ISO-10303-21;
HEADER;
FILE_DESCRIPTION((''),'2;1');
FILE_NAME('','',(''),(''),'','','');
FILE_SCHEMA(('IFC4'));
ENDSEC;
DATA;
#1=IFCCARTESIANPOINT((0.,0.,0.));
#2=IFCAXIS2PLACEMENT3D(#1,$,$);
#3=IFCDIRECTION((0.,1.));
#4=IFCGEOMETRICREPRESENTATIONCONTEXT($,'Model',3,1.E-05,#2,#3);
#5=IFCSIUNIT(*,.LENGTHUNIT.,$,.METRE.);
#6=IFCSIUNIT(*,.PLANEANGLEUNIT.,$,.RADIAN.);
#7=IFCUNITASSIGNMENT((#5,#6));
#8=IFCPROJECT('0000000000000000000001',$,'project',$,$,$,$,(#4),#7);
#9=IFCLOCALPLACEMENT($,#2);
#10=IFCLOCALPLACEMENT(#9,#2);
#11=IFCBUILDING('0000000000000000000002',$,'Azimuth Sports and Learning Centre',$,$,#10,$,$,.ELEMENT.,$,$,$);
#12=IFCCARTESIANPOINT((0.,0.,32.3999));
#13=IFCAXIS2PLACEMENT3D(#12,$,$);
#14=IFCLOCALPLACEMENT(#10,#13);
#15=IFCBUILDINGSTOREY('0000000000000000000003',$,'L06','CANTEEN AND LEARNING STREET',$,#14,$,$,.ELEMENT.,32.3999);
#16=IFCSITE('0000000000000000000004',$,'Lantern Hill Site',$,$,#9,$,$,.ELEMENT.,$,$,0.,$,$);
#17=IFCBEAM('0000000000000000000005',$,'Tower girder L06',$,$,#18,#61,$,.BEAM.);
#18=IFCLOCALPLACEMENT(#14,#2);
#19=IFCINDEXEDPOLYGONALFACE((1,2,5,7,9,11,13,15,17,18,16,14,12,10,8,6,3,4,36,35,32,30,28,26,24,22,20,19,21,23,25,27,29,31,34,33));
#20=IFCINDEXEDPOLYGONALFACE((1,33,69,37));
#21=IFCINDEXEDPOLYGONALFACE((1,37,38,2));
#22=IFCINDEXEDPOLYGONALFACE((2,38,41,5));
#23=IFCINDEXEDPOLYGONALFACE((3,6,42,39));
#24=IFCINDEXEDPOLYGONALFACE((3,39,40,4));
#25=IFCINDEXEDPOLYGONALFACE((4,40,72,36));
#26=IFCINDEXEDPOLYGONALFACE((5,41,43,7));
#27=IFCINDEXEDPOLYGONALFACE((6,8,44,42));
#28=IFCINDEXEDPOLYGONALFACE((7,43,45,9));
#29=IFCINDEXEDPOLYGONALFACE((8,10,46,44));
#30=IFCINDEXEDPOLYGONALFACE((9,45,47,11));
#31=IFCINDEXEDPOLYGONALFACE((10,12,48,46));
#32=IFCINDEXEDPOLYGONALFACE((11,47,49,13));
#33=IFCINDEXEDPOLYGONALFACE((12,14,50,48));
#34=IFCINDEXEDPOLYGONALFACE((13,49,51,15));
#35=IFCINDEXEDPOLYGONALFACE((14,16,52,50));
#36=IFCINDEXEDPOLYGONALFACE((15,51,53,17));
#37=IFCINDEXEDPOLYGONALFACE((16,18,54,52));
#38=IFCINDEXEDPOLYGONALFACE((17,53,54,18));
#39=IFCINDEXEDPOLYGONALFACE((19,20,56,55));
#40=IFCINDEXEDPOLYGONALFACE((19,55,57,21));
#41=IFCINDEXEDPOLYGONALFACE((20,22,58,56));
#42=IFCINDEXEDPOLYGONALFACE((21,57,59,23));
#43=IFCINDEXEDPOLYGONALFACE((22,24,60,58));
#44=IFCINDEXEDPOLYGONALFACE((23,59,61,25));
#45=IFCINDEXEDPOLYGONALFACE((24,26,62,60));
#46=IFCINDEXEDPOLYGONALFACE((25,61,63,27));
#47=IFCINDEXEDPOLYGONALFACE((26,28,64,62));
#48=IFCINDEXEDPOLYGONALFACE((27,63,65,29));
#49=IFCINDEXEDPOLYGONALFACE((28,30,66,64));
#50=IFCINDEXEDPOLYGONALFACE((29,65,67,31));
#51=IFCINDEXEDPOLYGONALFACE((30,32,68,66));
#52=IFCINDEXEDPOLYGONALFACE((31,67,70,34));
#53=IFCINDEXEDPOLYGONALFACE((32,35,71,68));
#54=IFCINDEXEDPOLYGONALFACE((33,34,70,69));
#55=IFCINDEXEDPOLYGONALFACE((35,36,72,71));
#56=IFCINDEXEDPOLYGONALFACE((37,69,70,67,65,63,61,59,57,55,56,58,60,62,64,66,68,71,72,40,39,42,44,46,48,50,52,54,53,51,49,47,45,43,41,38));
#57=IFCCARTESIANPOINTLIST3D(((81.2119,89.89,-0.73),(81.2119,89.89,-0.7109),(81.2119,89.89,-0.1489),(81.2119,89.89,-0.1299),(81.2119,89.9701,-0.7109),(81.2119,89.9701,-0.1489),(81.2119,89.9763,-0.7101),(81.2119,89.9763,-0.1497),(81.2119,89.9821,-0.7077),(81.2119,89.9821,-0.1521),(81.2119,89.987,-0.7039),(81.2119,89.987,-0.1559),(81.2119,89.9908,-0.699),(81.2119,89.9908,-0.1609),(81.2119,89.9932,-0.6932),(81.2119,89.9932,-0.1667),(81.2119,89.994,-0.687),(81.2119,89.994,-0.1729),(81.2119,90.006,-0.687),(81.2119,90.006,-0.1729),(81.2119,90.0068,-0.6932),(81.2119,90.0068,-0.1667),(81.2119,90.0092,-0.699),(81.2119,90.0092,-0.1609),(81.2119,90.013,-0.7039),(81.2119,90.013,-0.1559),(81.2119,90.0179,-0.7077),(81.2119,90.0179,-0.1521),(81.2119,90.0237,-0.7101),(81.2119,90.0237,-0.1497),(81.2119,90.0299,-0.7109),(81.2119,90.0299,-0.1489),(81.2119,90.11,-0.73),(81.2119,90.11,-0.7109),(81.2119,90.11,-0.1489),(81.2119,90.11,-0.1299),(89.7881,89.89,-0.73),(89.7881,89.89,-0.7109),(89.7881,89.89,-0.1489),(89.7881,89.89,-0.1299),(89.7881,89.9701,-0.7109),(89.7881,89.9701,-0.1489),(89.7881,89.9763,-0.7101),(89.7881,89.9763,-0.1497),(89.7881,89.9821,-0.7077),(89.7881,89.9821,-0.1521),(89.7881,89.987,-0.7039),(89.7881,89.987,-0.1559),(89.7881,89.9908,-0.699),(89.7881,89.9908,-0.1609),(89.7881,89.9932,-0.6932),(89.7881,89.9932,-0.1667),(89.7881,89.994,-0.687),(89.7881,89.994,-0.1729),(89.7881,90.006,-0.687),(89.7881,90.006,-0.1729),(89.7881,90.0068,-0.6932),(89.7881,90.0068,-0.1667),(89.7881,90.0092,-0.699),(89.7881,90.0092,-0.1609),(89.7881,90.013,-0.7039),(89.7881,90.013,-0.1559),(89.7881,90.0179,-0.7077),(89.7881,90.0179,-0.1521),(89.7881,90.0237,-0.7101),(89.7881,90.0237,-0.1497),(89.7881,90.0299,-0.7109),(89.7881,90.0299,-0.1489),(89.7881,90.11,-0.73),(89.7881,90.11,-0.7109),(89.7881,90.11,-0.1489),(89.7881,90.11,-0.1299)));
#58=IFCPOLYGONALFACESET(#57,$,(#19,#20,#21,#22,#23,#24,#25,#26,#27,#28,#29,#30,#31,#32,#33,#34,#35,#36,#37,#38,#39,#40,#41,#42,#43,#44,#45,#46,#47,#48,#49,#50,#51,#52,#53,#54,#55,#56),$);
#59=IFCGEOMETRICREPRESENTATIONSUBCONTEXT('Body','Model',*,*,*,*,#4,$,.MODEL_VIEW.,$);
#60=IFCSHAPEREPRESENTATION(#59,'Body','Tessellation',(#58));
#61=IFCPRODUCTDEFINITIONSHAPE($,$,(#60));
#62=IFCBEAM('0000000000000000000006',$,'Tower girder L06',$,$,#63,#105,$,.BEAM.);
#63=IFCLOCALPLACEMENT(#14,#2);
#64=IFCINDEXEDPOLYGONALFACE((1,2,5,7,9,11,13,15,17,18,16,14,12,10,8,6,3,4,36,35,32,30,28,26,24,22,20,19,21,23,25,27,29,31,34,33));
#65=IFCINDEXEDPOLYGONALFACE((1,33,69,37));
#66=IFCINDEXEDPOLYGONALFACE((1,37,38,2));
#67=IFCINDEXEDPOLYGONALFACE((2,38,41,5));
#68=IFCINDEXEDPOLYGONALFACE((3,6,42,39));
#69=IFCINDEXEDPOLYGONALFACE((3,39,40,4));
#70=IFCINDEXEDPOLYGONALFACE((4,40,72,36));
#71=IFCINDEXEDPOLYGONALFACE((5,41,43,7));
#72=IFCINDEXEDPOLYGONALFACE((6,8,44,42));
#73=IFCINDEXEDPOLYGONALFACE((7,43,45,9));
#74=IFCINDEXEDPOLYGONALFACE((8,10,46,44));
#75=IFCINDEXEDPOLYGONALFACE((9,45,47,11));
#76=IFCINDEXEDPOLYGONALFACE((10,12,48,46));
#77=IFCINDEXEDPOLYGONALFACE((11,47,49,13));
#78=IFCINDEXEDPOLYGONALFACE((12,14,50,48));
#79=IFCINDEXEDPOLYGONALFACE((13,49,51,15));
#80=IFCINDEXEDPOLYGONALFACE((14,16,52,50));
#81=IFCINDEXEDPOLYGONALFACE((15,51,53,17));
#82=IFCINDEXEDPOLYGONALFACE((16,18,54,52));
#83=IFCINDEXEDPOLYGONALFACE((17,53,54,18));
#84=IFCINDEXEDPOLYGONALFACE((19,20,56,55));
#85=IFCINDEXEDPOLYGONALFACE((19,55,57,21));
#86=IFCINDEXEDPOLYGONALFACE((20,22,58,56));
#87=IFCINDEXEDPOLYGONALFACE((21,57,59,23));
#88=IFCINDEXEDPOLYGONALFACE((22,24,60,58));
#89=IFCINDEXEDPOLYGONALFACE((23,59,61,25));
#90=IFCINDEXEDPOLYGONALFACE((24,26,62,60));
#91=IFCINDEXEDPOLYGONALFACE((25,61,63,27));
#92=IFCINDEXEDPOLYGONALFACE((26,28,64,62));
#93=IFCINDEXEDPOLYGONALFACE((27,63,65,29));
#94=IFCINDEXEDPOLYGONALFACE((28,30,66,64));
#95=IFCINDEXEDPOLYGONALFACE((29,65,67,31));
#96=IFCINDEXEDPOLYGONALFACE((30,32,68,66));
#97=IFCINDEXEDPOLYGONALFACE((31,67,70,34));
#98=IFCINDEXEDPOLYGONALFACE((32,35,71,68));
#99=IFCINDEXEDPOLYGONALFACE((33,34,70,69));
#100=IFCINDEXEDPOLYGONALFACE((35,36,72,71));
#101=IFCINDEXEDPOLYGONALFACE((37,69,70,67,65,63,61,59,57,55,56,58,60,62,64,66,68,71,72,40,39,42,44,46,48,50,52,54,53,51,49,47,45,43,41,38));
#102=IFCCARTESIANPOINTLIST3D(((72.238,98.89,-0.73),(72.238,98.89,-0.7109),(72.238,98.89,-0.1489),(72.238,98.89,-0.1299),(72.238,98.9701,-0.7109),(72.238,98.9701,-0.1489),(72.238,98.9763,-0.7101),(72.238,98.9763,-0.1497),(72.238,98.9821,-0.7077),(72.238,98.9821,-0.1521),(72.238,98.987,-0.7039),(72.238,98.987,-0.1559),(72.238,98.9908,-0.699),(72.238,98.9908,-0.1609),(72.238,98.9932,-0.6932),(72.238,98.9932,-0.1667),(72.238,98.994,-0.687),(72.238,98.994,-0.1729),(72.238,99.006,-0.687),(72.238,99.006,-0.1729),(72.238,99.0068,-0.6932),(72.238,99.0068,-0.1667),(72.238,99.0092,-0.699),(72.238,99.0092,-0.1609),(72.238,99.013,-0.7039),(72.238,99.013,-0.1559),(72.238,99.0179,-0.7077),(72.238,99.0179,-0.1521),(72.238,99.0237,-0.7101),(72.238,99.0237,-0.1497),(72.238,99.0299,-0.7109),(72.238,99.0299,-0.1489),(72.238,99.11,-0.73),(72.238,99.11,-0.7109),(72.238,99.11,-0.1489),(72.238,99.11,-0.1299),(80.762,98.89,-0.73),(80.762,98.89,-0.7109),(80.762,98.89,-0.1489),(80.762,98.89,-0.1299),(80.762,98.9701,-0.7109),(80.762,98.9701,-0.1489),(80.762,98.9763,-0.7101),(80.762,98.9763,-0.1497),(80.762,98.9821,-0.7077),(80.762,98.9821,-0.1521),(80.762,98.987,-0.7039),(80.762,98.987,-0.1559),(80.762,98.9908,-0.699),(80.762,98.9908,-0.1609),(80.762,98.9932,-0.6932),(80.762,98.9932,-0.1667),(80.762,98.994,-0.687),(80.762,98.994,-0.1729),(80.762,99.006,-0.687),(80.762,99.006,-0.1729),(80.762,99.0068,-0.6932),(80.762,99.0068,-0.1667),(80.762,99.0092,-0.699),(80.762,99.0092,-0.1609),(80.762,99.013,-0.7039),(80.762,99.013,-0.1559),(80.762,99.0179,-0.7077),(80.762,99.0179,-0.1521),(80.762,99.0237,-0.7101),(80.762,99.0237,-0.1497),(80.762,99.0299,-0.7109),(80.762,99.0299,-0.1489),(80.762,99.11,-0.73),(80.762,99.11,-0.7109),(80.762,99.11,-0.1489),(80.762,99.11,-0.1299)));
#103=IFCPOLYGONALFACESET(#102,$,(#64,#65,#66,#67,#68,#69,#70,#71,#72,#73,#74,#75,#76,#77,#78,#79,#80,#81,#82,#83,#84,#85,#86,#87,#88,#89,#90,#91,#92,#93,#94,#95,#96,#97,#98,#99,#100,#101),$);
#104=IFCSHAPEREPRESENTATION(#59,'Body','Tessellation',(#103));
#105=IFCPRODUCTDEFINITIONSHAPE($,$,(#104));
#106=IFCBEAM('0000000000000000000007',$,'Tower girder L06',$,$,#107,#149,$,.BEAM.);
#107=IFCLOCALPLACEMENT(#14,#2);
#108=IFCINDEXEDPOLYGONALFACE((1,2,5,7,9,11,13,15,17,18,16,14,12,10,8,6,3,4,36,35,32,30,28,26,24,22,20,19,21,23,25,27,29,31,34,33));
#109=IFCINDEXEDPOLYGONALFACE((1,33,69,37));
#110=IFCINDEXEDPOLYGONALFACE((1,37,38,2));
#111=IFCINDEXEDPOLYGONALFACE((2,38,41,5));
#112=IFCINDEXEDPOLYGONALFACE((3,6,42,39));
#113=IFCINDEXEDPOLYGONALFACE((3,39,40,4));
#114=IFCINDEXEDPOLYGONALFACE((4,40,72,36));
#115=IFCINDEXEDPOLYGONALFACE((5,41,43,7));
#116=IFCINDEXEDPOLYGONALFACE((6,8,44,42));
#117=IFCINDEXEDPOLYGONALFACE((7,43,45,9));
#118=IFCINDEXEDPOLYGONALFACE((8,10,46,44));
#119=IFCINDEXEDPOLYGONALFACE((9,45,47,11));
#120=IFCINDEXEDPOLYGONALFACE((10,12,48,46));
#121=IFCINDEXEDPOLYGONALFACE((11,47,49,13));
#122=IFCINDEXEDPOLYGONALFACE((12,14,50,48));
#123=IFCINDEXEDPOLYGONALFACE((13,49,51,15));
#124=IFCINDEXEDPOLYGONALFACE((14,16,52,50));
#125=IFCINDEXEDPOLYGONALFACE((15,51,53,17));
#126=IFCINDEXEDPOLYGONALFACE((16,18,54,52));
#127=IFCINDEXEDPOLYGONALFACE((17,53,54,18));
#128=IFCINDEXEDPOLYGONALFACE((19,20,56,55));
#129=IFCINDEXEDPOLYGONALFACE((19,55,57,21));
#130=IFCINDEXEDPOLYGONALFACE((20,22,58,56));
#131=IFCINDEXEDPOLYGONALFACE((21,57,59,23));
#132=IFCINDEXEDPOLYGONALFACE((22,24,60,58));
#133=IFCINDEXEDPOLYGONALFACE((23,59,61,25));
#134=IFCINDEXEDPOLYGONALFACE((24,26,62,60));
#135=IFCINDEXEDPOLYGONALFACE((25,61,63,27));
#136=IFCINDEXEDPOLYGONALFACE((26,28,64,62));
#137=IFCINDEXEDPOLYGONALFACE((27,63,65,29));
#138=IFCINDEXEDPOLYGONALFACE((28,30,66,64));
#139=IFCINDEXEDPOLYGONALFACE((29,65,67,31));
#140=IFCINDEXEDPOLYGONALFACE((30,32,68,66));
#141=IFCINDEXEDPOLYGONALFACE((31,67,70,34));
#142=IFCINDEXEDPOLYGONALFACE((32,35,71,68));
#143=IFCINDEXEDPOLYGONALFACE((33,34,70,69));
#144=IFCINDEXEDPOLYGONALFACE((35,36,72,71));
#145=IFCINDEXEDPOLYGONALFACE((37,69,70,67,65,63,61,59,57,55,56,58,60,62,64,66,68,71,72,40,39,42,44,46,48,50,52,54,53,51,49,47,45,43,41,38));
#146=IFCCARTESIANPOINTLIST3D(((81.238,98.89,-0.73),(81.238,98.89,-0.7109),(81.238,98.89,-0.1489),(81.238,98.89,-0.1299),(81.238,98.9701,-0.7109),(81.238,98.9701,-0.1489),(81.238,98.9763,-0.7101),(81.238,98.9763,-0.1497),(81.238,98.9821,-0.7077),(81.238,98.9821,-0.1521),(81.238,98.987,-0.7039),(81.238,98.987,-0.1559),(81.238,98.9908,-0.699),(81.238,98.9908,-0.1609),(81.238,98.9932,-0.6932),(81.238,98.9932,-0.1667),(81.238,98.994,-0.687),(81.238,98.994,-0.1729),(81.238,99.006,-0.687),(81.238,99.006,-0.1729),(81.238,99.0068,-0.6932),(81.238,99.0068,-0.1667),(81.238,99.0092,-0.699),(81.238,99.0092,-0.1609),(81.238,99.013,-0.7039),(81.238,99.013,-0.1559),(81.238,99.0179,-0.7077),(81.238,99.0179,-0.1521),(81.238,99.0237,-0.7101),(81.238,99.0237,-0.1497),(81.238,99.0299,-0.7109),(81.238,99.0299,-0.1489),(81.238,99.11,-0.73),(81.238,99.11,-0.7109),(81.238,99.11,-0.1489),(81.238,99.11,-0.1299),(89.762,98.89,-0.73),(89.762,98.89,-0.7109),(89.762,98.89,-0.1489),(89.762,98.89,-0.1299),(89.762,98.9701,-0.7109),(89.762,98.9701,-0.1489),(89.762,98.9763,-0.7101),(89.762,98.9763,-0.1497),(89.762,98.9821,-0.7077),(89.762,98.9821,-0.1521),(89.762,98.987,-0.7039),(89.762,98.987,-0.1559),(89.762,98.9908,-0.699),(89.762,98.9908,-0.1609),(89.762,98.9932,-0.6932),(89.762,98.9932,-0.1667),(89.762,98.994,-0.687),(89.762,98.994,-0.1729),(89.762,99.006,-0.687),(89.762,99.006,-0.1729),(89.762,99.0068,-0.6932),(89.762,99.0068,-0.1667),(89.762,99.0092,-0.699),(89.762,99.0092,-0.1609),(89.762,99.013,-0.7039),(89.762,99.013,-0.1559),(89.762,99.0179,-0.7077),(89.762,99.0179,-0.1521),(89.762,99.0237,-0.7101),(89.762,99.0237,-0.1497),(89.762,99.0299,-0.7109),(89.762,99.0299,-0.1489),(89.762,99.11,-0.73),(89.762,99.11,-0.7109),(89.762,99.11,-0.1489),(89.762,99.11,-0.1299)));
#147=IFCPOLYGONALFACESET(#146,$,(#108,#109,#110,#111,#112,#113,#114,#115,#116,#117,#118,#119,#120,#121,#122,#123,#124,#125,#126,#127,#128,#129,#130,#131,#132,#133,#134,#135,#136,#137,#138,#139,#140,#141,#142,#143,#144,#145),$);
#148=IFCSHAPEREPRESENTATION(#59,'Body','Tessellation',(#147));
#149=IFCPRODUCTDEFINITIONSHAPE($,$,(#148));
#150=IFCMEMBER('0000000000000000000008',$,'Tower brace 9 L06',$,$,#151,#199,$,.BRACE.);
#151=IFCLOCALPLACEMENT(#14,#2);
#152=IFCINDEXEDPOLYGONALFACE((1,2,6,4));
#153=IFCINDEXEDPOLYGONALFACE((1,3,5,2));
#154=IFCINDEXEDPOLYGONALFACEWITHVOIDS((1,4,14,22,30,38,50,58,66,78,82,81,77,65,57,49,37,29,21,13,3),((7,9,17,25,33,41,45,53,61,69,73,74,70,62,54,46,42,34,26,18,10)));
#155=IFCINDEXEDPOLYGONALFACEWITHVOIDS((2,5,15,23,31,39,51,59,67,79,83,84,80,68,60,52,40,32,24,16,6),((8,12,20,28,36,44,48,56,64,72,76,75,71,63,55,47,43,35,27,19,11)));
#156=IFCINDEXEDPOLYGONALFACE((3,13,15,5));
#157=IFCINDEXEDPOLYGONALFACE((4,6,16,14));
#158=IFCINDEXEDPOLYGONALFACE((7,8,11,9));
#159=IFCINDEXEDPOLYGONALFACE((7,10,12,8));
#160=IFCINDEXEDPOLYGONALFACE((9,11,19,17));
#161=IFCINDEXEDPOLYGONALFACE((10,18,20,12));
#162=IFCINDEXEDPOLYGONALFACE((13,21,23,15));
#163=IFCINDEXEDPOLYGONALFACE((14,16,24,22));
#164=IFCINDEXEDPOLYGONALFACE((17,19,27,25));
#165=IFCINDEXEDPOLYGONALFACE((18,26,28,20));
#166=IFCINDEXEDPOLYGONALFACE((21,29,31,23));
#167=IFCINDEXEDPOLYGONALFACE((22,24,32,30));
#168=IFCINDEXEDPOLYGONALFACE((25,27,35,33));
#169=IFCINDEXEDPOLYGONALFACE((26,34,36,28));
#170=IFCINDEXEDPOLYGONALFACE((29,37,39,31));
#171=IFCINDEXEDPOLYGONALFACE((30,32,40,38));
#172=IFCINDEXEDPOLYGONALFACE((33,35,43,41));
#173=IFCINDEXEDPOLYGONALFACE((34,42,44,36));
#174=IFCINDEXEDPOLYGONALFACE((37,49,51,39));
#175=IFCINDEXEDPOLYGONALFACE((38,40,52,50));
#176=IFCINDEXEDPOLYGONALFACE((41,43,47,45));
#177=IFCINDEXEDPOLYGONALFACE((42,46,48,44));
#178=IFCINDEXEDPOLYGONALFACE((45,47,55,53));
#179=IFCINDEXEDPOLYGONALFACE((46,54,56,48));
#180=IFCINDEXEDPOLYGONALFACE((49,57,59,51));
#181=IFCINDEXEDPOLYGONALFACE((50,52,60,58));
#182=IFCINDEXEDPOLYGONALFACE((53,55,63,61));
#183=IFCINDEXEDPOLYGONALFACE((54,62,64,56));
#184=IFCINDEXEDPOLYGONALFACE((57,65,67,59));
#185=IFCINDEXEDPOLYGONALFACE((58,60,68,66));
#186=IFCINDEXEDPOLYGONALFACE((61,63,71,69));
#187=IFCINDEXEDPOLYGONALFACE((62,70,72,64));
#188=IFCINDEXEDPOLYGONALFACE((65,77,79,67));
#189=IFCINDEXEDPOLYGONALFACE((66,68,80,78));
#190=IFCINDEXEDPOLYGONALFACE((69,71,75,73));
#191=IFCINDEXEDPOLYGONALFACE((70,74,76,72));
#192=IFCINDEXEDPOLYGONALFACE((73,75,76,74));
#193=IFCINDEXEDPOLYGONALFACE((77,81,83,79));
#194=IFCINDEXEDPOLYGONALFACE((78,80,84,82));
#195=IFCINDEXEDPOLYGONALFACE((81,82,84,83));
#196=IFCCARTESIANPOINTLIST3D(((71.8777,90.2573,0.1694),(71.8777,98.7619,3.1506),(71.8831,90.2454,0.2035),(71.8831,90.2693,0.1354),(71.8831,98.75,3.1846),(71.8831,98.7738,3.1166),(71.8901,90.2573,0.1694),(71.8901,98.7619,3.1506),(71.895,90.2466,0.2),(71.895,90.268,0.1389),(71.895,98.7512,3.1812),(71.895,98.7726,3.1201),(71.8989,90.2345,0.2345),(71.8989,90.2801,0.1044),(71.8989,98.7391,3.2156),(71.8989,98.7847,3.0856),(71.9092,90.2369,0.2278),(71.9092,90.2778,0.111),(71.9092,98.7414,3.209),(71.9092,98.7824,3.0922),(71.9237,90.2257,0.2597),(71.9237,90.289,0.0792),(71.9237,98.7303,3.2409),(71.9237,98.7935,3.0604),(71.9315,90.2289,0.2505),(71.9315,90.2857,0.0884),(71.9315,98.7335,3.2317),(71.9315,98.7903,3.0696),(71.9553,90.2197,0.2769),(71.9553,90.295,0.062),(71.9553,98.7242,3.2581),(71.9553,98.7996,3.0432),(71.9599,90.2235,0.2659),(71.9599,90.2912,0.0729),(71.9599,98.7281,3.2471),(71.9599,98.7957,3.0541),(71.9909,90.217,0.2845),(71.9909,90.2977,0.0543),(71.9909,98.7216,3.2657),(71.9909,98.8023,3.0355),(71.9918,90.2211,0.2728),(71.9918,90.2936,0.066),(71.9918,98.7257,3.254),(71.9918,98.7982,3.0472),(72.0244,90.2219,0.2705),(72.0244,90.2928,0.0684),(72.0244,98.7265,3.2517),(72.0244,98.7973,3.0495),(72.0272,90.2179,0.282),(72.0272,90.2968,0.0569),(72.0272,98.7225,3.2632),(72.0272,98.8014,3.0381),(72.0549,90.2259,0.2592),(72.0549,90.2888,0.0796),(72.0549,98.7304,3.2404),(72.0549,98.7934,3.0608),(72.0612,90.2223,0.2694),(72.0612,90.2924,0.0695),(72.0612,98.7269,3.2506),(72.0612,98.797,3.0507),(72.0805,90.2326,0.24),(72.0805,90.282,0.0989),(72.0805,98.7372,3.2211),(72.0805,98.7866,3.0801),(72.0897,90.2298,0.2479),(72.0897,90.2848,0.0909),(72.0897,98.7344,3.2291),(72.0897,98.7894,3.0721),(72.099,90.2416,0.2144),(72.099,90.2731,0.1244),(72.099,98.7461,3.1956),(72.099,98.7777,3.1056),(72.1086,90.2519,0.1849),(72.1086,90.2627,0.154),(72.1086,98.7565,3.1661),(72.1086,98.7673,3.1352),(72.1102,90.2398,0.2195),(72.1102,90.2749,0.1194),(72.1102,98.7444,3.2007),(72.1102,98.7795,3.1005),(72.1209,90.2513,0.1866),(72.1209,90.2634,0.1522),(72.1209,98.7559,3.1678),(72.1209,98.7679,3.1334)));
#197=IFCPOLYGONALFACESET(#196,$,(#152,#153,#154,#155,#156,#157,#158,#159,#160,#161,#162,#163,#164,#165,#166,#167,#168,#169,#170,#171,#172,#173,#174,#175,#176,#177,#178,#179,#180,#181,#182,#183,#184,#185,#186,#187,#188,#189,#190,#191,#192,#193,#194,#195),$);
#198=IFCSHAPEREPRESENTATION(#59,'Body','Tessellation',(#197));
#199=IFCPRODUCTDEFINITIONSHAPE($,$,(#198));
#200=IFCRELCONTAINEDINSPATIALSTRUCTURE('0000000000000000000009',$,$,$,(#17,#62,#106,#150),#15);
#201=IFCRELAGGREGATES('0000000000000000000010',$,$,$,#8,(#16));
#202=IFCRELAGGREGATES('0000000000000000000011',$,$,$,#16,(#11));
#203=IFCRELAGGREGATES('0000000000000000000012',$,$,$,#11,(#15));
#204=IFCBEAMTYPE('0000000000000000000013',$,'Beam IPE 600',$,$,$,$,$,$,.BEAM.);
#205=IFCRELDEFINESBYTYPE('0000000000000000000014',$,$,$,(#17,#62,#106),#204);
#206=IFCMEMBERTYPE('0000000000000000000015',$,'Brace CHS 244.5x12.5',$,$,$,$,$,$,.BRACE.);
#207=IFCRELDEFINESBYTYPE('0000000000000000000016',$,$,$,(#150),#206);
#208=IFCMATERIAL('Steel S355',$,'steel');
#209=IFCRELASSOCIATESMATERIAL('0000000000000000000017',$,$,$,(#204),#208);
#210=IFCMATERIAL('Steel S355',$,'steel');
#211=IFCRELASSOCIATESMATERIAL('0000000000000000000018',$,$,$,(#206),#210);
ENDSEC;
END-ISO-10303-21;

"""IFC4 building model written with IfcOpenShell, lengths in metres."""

from ifc_helpers import new_model, si_unit, direction, frame, origin, origin_2d, place, context, subcontext, project, spatial, hollow_circle, i_section, extrude, material, material_profile, profile_set, type_object, element, save


model = new_model("IFC4")

# Units and contexts
model_context = context("Model", 3, precision=1e-05, world=origin(), true_north=direction((0.0, 1.0)))
body_context = subcontext(model_context, "Body", "Model", "MODEL_VIEW")
ifc_project = project(units=[si_unit("LENGTHUNIT", "METRE"), si_unit("PLANEANGLEUNIT", "RADIAN")], contexts=[model_context])

# Site, building, storey
site_placement = place(None, origin())
site = spatial("IfcSite", under=ifc_project, at=site_placement, Name="Lantern Hill Site", CompositionType="ELEMENT", RefElevation=0.0)
building_placement = place(site_placement, origin())
building = spatial("IfcBuilding", under=site, at=building_placement, Name="Azimuth Sports and Learning Centre", CompositionType="ELEMENT")
storey_placement = place(building_placement, frame((0.0, 0.0, 32.3999)))
storey = spatial("IfcBuildingStorey", under=building, at=storey_placement, Name="L06", Description="CANTEEN AND LEARNING STREET", CompositionType="ELEMENT", Elevation=32.3999)

# Beams
ifc_material_1 = material(Name="Steel S355", Category="steel")
ifc_material_profile_1 = material_profile(ifc_material_1, i_section(OverallWidth=0.22, OverallDepth=0.6001, WebThickness=0.012, FlangeThickness=0.019, FilletRadius=0.0239, at=origin_2d()), Name="IPE 600")
ifc_profile_set_1 = profile_set([ifc_material_profile_1], Name="Steel S355")
beam_type_1 = type_object("IfcBeamType", Name="Beam IPE 600", PredefinedType="BEAM", material=ifc_profile_set_1)
for number, where, z_axis, x_axis, name in (
    (1, (81.2119, 90.0, -0.4299), (1.0, 0.0, 0.0), (0.0, 1.0, 0.0), "Tower girder L06"),
):
    element("IfcBeam", number, at=place(storey_placement, frame(where, z_axis=z_axis, x_axis=x_axis)), inside=storey, type_object=beam_type_1, Name=name, PredefinedType="BEAM", context=body_context, shape_type="SweptSolid", body=[
        extrude(i_section(OverallWidth=0.22, OverallDepth=0.6001, WebThickness=0.012, FlangeThickness=0.019, FilletRadius=0.0239, at=origin_2d()), origin(), (0.0, 0.0, 1.0), 8.5762),
    ])
for number, where, z_axis, x_axis, name in (
    (2, (72.238, 99.0, -0.4299), (1.0, 0.0, 0.0), (0.0, 1.0, 0.0), "Tower girder L06"),
    (3, (81.238, 99.0, -0.4299), (1.0, 0.0, 0.0), (0.0, 1.0, 0.0), "Tower girder L06"),
):
    element("IfcBeam", number, at=place(storey_placement, frame(where, z_axis=z_axis, x_axis=x_axis)), inside=storey, type_object=beam_type_1, Name=name, PredefinedType="BEAM", context=body_context, shape_type="SweptSolid", body=[
        extrude(i_section(OverallWidth=0.22, OverallDepth=0.6001, WebThickness=0.012, FlangeThickness=0.019, FilletRadius=0.0239, at=origin_2d()), origin(), (0.0, 0.0, 1.0), 8.5239),
    ])

# Member
ifc_material_2 = material(Name="Steel S355", Category="steel")
ifc_material_profile_2 = material_profile(ifc_material_2, hollow_circle(Radius=0.1223, WallThickness=0.0125, at=origin_2d()), Name="CHS 244.5x12.5")
ifc_profile_set_2 = profile_set([ifc_material_profile_2], Name="Steel S355")
member_type = type_object("IfcMemberType", Name="Brace CHS 244.5x12.5", PredefinedType="BRACE", material=ifc_profile_set_2)
member_placement = place(storey_placement, frame((72.0, 90.2573, 0.1694), z_axis=(0.0, 0.9437, 0.330803), x_axis=(-1.0, 0.0, 0.0)))
element("IfcMember", 4, at=member_placement, inside=storey, type_object=member_type, Name="Tower brace 9 L06", PredefinedType="BRACE", context=body_context, shape_type="SweptSolid", body=[
    extrude(hollow_circle(Radius=0.1223, WallThickness=0.0125, at=origin_2d()), origin(), (0.0, 0.0, 1.0), 9.012),
])

save(model, "model.ifc")
